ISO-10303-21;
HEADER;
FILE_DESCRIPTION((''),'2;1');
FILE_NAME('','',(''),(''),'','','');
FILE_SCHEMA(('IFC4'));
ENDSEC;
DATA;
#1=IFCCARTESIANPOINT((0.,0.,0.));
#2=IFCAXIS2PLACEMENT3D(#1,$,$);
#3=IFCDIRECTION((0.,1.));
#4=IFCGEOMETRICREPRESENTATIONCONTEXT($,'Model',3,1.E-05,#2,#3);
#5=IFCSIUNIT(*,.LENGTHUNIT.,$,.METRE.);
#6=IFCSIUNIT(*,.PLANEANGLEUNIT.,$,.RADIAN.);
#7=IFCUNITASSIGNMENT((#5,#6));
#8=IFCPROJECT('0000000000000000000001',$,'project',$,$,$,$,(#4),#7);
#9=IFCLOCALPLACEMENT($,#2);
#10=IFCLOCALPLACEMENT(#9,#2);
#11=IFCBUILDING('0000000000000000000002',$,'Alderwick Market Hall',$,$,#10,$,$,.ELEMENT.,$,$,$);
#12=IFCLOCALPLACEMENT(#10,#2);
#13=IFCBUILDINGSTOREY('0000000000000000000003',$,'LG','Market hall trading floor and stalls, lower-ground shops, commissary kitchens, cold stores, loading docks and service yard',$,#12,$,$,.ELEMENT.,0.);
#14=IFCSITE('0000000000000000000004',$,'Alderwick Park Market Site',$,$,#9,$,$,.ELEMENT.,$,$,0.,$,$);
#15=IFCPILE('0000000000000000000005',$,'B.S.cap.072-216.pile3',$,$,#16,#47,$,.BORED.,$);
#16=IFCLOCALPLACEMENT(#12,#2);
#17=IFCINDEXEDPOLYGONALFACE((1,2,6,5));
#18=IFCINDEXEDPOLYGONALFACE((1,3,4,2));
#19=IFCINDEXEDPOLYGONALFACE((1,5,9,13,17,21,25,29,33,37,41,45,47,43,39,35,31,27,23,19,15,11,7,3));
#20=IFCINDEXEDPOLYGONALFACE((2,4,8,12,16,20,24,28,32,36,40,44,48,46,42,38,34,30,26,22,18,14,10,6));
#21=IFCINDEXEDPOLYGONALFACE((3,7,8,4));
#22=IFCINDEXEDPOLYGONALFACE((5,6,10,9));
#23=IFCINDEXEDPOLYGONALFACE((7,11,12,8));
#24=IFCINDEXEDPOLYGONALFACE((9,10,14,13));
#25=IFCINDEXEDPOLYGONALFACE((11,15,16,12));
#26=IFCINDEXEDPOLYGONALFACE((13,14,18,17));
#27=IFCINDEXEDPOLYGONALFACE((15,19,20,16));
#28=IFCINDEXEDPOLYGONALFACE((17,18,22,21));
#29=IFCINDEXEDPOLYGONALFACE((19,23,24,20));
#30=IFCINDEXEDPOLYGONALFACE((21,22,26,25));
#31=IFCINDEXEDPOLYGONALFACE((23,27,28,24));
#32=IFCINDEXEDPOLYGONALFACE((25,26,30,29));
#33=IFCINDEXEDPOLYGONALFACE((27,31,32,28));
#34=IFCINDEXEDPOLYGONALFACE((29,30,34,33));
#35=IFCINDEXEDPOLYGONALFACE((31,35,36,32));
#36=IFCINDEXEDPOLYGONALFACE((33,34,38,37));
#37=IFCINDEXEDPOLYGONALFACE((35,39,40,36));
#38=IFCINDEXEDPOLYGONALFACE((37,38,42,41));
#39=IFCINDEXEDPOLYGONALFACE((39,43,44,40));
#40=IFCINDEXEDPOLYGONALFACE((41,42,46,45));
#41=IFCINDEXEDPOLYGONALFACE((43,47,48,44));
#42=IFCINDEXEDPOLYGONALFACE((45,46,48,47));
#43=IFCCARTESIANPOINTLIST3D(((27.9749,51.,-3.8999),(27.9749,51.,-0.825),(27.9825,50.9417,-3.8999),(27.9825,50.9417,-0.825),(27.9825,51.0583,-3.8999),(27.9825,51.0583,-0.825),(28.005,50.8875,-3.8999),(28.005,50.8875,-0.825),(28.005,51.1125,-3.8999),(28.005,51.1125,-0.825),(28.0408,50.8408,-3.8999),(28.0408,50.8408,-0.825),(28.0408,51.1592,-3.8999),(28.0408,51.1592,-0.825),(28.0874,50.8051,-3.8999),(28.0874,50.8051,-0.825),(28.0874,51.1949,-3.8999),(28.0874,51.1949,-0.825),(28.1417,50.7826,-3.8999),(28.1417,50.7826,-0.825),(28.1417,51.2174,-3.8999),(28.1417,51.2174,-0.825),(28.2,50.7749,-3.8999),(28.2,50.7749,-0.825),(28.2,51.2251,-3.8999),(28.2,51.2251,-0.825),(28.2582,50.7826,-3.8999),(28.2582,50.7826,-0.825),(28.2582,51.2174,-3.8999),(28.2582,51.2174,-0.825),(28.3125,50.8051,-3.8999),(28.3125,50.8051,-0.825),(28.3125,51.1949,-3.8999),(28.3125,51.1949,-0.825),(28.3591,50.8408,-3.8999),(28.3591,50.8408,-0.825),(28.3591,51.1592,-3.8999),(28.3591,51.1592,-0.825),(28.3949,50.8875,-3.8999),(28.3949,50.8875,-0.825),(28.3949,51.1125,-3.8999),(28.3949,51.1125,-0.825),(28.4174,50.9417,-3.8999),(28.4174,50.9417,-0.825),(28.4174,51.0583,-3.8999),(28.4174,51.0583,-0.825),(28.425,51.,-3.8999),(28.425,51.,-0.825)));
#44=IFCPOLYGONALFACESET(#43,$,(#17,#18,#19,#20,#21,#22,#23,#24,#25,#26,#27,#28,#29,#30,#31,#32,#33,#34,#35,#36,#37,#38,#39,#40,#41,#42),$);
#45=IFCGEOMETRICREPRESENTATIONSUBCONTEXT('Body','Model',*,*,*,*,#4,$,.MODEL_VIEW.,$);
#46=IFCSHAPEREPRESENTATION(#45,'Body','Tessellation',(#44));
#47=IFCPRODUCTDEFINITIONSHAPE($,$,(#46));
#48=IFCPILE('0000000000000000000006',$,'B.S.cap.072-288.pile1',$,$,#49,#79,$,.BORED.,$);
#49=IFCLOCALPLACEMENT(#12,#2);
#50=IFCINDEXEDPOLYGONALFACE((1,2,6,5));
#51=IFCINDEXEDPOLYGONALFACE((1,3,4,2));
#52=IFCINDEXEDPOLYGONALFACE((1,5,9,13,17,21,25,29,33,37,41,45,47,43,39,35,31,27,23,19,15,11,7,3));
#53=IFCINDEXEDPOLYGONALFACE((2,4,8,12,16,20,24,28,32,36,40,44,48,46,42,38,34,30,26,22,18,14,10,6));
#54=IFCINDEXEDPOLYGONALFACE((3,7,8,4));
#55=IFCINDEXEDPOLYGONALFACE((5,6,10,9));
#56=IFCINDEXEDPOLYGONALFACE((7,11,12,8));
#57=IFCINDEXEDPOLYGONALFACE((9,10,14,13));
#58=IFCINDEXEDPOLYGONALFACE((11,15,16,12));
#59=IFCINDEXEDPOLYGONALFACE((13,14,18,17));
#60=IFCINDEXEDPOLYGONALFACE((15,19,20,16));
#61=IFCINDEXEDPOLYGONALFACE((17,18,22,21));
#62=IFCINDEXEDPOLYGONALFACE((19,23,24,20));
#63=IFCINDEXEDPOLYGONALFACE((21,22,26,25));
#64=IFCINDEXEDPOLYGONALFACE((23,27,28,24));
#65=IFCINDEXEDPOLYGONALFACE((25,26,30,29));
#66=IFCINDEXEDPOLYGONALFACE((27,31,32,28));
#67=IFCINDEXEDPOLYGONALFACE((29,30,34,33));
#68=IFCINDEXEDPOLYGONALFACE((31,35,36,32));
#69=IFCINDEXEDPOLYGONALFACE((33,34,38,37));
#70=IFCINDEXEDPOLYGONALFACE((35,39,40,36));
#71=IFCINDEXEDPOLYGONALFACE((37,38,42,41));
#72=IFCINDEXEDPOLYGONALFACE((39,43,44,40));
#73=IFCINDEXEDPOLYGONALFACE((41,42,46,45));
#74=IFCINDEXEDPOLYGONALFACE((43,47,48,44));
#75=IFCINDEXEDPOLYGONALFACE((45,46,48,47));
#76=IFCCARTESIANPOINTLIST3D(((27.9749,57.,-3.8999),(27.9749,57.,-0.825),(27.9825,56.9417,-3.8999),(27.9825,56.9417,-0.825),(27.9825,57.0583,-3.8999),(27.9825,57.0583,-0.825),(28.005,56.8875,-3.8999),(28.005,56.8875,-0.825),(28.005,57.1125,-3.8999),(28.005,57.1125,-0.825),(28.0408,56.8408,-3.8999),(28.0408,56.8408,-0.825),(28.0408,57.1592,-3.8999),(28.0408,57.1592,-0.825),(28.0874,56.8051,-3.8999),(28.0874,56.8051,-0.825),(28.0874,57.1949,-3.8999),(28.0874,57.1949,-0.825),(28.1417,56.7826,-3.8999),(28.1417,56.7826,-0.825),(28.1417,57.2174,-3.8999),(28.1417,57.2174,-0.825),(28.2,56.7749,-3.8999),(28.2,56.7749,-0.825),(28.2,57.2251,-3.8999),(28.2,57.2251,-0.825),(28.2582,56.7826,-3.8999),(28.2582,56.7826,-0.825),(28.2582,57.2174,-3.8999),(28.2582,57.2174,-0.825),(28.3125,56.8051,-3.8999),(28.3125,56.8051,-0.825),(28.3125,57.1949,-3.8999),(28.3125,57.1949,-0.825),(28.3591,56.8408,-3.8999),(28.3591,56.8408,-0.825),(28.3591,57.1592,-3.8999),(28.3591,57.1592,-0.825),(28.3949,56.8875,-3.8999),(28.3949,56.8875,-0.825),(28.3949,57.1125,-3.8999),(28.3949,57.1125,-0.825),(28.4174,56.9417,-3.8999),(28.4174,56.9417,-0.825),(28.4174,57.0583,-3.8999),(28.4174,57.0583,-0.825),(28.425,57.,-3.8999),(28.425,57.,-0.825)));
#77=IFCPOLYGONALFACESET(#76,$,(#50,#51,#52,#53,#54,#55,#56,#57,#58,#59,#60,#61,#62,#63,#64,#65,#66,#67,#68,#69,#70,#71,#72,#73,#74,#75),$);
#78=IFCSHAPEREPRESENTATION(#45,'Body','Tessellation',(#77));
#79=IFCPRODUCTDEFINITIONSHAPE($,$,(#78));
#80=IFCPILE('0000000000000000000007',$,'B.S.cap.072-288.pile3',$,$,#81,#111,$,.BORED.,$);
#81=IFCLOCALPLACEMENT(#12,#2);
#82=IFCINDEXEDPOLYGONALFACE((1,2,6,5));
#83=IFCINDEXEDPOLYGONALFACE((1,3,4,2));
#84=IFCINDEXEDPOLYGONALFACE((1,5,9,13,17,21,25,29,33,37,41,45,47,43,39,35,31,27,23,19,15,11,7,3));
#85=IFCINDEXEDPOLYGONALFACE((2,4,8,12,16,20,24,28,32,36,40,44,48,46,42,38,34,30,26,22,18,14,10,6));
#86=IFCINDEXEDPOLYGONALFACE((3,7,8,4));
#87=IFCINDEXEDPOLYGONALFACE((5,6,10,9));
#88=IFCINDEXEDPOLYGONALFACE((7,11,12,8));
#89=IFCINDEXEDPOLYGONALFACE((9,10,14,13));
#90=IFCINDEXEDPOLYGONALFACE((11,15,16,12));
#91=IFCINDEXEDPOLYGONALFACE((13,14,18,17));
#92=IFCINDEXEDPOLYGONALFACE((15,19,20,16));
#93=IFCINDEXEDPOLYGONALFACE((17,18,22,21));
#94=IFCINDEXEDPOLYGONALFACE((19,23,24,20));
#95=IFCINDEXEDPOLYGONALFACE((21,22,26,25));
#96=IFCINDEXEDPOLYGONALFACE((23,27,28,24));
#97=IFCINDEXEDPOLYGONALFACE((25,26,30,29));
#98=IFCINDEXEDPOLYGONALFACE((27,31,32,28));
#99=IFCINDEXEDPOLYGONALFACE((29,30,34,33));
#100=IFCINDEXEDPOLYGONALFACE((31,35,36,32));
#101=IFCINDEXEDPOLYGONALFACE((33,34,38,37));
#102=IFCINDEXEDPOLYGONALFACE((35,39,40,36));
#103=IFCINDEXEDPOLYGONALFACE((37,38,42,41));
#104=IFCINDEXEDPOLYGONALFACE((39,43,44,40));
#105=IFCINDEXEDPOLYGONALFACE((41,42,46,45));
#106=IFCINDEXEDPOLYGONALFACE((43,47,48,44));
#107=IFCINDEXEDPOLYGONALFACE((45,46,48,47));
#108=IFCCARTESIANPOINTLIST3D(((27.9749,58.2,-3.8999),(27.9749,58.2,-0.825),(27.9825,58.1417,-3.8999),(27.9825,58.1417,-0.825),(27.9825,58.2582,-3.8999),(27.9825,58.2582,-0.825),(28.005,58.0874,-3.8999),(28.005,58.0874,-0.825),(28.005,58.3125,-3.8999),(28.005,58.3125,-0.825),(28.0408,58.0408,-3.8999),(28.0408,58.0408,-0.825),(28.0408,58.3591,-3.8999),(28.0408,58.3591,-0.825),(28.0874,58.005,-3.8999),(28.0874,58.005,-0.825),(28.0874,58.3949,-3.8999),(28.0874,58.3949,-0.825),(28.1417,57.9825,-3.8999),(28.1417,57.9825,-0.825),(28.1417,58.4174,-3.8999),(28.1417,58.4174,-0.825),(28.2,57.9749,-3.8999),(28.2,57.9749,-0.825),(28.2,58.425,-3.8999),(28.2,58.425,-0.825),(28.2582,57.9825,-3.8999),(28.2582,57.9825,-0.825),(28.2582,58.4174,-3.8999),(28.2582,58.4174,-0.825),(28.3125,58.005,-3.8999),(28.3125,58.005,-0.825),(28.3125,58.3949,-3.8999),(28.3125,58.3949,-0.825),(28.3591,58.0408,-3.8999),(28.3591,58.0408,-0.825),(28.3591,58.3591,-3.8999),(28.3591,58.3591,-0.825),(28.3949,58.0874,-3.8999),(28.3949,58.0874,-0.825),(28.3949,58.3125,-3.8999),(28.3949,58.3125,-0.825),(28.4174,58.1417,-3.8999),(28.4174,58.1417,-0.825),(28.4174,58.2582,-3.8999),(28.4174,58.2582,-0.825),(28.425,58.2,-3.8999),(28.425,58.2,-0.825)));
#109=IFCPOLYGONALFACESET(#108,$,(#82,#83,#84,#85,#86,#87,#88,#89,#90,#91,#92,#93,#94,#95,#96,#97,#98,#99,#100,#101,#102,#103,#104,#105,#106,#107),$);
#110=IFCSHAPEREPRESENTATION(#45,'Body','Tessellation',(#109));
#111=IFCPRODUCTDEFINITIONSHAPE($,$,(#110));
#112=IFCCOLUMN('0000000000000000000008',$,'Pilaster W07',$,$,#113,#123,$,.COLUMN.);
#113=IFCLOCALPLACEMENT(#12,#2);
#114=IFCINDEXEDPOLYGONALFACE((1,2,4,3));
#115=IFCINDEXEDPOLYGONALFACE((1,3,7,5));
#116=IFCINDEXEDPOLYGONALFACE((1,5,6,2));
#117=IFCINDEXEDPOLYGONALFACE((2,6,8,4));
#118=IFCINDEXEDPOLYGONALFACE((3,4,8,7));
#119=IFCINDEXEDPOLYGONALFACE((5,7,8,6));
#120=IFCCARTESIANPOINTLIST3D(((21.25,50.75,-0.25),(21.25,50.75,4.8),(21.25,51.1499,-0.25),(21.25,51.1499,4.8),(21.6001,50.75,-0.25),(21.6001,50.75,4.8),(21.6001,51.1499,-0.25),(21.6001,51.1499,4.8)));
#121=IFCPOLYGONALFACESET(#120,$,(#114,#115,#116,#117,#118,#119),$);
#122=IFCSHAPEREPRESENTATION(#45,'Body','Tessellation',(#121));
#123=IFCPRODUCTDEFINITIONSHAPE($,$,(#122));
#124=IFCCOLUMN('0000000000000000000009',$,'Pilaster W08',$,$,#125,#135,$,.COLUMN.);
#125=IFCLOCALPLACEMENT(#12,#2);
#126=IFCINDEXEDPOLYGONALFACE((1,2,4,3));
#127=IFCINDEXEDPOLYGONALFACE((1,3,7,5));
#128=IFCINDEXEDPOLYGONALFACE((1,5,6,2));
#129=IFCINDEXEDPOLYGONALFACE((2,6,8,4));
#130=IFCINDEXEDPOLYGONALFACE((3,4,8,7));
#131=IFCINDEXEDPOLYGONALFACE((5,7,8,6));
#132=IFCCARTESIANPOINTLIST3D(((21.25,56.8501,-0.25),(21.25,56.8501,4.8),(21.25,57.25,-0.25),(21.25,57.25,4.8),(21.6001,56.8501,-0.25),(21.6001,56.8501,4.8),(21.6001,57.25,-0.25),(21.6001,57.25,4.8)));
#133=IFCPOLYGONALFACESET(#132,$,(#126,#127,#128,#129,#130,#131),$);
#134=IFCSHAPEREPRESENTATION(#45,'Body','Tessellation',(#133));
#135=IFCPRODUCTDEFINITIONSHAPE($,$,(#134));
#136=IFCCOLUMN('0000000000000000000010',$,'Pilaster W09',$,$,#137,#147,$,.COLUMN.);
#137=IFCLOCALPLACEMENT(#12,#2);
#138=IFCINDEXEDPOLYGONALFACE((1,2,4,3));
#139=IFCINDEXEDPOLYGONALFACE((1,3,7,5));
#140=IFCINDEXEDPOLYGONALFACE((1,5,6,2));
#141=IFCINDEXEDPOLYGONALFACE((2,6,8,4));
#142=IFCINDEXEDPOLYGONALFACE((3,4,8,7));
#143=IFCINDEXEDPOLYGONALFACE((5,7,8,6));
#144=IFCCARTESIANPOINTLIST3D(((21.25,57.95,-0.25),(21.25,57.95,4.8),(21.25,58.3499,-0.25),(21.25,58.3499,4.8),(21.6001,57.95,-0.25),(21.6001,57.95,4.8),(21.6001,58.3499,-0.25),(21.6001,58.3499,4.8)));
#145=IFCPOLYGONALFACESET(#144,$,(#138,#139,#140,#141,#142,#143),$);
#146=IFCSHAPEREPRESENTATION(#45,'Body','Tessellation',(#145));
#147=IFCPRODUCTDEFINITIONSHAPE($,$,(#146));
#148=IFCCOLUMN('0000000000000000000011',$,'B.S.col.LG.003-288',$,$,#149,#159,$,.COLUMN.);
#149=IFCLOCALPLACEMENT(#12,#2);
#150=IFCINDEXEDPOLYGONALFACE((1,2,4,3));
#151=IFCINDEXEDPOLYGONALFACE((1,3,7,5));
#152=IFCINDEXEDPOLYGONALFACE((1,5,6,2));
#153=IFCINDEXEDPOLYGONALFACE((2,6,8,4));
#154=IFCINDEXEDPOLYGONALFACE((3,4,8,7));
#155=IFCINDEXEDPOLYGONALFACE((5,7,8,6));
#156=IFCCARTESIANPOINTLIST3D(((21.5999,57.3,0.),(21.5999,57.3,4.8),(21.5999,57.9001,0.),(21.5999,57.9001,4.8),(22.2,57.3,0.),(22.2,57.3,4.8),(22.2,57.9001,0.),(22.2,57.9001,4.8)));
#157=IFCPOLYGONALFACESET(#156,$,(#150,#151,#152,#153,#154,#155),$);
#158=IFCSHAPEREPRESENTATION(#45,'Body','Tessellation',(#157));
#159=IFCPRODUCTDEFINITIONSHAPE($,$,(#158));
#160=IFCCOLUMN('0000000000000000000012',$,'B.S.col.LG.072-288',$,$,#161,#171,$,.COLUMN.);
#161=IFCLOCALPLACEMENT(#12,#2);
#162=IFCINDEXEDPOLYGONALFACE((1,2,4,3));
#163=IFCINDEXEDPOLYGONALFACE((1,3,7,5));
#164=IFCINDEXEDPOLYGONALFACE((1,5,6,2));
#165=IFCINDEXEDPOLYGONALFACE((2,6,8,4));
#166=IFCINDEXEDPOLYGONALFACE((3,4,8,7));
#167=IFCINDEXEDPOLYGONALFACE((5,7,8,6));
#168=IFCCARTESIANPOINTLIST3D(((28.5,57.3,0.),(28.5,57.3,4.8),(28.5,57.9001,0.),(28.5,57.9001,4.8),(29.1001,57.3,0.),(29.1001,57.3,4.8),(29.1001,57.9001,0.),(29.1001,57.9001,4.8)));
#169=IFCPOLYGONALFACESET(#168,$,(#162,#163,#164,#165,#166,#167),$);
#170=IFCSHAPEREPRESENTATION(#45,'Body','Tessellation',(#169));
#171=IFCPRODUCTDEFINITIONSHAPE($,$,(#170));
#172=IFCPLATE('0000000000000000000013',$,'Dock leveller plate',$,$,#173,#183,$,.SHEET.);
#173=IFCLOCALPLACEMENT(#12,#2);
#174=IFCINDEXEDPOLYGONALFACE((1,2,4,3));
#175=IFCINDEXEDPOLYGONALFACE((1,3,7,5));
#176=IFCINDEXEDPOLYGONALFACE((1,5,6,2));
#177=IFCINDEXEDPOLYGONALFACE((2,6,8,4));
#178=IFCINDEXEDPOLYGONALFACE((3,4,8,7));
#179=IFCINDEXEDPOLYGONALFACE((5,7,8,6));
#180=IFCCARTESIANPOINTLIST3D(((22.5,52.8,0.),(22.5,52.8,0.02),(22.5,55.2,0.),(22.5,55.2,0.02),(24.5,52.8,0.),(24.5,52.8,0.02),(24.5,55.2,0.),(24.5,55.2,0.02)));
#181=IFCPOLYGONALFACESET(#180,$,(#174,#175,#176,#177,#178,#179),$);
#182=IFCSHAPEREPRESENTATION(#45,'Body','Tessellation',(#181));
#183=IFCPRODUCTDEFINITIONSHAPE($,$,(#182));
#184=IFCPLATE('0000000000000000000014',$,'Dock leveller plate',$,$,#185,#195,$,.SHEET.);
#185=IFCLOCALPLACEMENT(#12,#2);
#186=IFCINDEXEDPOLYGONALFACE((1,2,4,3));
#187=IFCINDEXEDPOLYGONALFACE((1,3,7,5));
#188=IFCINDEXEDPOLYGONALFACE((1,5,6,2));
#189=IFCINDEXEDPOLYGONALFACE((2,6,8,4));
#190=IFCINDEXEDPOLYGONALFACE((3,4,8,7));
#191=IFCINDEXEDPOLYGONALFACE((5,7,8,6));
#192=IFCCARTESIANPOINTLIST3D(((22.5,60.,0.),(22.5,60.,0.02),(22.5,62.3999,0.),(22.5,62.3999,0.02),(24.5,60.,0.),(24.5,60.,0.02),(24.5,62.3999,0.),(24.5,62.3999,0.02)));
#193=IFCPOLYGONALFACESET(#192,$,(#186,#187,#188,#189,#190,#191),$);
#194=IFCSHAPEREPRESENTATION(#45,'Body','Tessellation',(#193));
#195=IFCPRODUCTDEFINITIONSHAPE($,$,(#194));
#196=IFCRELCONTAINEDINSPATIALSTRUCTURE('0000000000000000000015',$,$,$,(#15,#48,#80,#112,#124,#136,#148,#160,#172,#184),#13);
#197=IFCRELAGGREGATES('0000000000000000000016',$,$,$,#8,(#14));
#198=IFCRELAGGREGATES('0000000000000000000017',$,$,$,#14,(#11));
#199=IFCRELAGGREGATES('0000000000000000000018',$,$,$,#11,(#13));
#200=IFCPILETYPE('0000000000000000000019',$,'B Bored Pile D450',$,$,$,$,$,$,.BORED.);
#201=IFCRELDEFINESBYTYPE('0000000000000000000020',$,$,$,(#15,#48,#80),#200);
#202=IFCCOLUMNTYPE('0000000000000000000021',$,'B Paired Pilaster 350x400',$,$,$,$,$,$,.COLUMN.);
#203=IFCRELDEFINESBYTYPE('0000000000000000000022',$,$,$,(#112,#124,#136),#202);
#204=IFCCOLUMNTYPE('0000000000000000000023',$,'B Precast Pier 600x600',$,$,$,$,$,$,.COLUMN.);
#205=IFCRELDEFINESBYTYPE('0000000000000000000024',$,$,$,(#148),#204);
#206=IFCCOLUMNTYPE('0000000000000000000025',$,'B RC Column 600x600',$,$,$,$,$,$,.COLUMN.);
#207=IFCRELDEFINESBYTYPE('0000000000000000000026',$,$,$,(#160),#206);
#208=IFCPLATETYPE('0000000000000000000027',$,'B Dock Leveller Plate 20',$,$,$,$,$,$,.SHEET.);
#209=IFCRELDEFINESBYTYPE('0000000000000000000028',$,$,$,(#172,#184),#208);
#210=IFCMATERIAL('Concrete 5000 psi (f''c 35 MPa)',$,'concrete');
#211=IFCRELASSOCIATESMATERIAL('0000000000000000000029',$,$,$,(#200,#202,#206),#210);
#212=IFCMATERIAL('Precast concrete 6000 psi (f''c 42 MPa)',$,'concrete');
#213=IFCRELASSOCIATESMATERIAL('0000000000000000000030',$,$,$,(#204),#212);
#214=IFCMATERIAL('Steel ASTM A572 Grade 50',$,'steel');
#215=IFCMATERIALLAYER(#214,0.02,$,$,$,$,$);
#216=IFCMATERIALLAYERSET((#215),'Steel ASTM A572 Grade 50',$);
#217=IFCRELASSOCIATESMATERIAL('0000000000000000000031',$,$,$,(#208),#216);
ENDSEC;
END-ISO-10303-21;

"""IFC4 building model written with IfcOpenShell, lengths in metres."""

from ifc_helpers import new_model, si_unit, direction, frame, origin, origin_2d, place, context, subcontext, project, spatial, rectangle, circle, extrude, material, layer, layer_set, material_profile, profile_set, type_object, element, save


model = new_model("IFC4")

# Units and contexts
model_context = context("Model", 3, precision=1e-05, world=origin(), true_north=direction((0.0, 1.0)))
body_context = subcontext(model_context, "Body", "Model", "MODEL_VIEW")
ifc_project = project(units=[si_unit("LENGTHUNIT", "METRE"), si_unit("PLANEANGLEUNIT", "RADIAN")], contexts=[model_context])

# Site, building, storey
site_placement = place(None, origin())
site = spatial("IfcSite", under=ifc_project, at=site_placement, Name="Alderwick Park Market Site", CompositionType="ELEMENT", RefElevation=0.0)
building_placement = place(site_placement, origin())
building = spatial("IfcBuilding", under=site, at=building_placement, Name="Alderwick Market Hall", CompositionType="ELEMENT")
storey_placement = place(building_placement, origin())
storey = spatial("IfcBuildingStorey", under=building, at=storey_placement, Name="LG", Description="Market hall trading floor and stalls, lower-ground shops, commissary kitchens, cold stores, loading docks and service yard", CompositionType="ELEMENT", Elevation=0.0)

# Piles
ifc_material_1 = material(Name="Concrete 5000 psi (f'c 35 MPa)", Category="concrete")
ifc_material_profile_1 = material_profile(ifc_material_1, circle(Radius=0.2251, at=origin_2d()), Name="B Bored Pile D450")
ifc_profile_set_1 = profile_set([ifc_material_profile_1], Name="Concrete 5000 psi (f'c 35 MPa)")
pile_type = type_object("IfcPileType", Name="B Bored Pile D450", PredefinedType="BORED", material=ifc_profile_set_1)
for number, where, z_axis, x_axis, name in (
    (1, (28.2, 51.0, -0.825), (0.0, 0.0, -1.0), (1.0, 0.0, 0.0), "B.S.cap.072-216.pile3"),
    (2, (28.2, 57.0, -0.825), (0.0, 0.0, -1.0), (1.0, 0.0, 0.0), "B.S.cap.072-288.pile1"),
    (3, (28.2, 58.2, -0.825), (0.0, 0.0, -1.0), (1.0, 0.0, 0.0), "B.S.cap.072-288.pile3"),
):
    element("IfcPile", number, at=place(storey_placement, frame(where, z_axis=z_axis, x_axis=x_axis)), inside=storey, type_object=pile_type, Name=name, PredefinedType="BORED", context=body_context, shape_type="SweptSolid", body=[
        extrude(circle(Radius=0.2251, at=origin_2d()), origin(), (0.0, 0.0, 1.0), 3.075),
    ])

# Columns
ifc_material_profile_2 = material_profile(ifc_material_1, rectangle(XDim=0.3501, YDim=0.3999, at=origin_2d()), Name="B Paired Pilaster 350x400")
ifc_profile_set_2 = profile_set([ifc_material_profile_2], Name="Concrete 5000 psi (f'c 35 MPa)")
column_type_1 = type_object("IfcColumnType", Name="B Paired Pilaster 350x400", PredefinedType="COLUMN", material=ifc_profile_set_2)
for number, where, z_axis, x_axis, name in (
    (4, (21.425, 50.95, -0.25), (0.0, 0.0, 1.0), (1.0, 0.0, 0.0), "Pilaster W07"),
    (5, (21.425, 57.05, -0.25), (0.0, 0.0, 1.0), (1.0, 0.0, 0.0), "Pilaster W08"),
    (6, (21.425, 58.1499, -0.25), (0.0, 0.0, 1.0), (1.0, 0.0, 0.0), "Pilaster W09"),
):
    element("IfcColumn", number, at=place(storey_placement, frame(where, z_axis=z_axis, x_axis=x_axis)), inside=storey, type_object=column_type_1, Name=name, PredefinedType="COLUMN", context=body_context, shape_type="SweptSolid", body=[
        extrude(rectangle(XDim=0.3501, YDim=0.3999, at=origin_2d()), origin(), (0.0, 0.0, 1.0), 5.05),
    ])
ifc_material_2 = material(Name="Precast concrete 6000 psi (f'c 42 MPa)", Category="concrete")
ifc_material_profile_3 = material_profile(ifc_material_2, rectangle(XDim=0.6001, YDim=0.6001, at=origin_2d()), Name="B Precast Pier 600x600")
ifc_profile_set_3 = profile_set([ifc_material_profile_3], Name="Precast concrete 6000 psi (f'c 42 MPa)")
column_type_2 = type_object("IfcColumnType", Name="B Precast Pier 600x600", PredefinedType="COLUMN", material=ifc_profile_set_3)
column_1_placement = place(storey_placement, frame((21.8999, 57.6001, 0.0), z_axis=(0.0, 0.0, 1.0), x_axis=(1.0, 0.0, 0.0)))
element("IfcColumn", 7, at=column_1_placement, inside=storey, type_object=column_type_2, Name="B.S.col.LG.003-288", PredefinedType="COLUMN", context=body_context, shape_type="SweptSolid", body=[
    extrude(rectangle(XDim=0.6001, YDim=0.6001, at=origin_2d()), origin(), (0.0, 0.0, 1.0), 4.8),
])
ifc_material_profile_4 = material_profile(ifc_material_1, rectangle(XDim=0.6001, YDim=0.6001, at=origin_2d()), Name="B RC Column 600x600")
ifc_profile_set_4 = profile_set([ifc_material_profile_4], Name="Concrete 5000 psi (f'c 35 MPa)")
column_type_3 = type_object("IfcColumnType", Name="B RC Column 600x600", PredefinedType="COLUMN", material=ifc_profile_set_4)
column_2_placement = place(storey_placement, frame((28.8, 57.6001, 0.0), z_axis=(0.0, 0.0, 1.0), x_axis=(1.0, 0.0, 0.0)))
element("IfcColumn", 8, at=column_2_placement, inside=storey, type_object=column_type_3, Name="B.S.col.LG.072-288", PredefinedType="COLUMN", context=body_context, shape_type="SweptSolid", body=[
    extrude(rectangle(XDim=0.6001, YDim=0.6001, at=origin_2d()), origin(), (0.0, 0.0, 1.0), 4.8),
])

# Plates
ifc_material_3 = material(Name="Steel ASTM A572 Grade 50", Category="steel")
ifc_layer_1 = layer(ifc_material_3, 0.02)
ifc_layer_set_1 = layer_set([ifc_layer_1], Name="Steel ASTM A572 Grade 50")
plate_type = type_object("IfcPlateType", Name="B Dock Leveller Plate 20", PredefinedType="SHEET", material=ifc_layer_set_1)
for number, where, z_axis, x_axis, name in (
    (9, (23.5, 54.0, 0.0), (0.0, 0.0, 1.0), (1.0, 0.0, 0.0), "Dock leveller plate"),
    (10, (23.5, 61.2, 0.0), (0.0, 0.0, 1.0), (1.0, 0.0, 0.0), "Dock leveller plate"),
):
    element("IfcPlate", number, at=place(storey_placement, frame(where, z_axis=z_axis, x_axis=x_axis)), inside=storey, type_object=plate_type, Name=name, PredefinedType="SHEET", context=body_context, shape_type="SweptSolid", body=[
        extrude(rectangle(XDim=2.0, YDim=2.3999, at=origin_2d()), origin(), (0.0, 0.0, 1.0), 0.02),
    ])

save(model, "model.ifc")
